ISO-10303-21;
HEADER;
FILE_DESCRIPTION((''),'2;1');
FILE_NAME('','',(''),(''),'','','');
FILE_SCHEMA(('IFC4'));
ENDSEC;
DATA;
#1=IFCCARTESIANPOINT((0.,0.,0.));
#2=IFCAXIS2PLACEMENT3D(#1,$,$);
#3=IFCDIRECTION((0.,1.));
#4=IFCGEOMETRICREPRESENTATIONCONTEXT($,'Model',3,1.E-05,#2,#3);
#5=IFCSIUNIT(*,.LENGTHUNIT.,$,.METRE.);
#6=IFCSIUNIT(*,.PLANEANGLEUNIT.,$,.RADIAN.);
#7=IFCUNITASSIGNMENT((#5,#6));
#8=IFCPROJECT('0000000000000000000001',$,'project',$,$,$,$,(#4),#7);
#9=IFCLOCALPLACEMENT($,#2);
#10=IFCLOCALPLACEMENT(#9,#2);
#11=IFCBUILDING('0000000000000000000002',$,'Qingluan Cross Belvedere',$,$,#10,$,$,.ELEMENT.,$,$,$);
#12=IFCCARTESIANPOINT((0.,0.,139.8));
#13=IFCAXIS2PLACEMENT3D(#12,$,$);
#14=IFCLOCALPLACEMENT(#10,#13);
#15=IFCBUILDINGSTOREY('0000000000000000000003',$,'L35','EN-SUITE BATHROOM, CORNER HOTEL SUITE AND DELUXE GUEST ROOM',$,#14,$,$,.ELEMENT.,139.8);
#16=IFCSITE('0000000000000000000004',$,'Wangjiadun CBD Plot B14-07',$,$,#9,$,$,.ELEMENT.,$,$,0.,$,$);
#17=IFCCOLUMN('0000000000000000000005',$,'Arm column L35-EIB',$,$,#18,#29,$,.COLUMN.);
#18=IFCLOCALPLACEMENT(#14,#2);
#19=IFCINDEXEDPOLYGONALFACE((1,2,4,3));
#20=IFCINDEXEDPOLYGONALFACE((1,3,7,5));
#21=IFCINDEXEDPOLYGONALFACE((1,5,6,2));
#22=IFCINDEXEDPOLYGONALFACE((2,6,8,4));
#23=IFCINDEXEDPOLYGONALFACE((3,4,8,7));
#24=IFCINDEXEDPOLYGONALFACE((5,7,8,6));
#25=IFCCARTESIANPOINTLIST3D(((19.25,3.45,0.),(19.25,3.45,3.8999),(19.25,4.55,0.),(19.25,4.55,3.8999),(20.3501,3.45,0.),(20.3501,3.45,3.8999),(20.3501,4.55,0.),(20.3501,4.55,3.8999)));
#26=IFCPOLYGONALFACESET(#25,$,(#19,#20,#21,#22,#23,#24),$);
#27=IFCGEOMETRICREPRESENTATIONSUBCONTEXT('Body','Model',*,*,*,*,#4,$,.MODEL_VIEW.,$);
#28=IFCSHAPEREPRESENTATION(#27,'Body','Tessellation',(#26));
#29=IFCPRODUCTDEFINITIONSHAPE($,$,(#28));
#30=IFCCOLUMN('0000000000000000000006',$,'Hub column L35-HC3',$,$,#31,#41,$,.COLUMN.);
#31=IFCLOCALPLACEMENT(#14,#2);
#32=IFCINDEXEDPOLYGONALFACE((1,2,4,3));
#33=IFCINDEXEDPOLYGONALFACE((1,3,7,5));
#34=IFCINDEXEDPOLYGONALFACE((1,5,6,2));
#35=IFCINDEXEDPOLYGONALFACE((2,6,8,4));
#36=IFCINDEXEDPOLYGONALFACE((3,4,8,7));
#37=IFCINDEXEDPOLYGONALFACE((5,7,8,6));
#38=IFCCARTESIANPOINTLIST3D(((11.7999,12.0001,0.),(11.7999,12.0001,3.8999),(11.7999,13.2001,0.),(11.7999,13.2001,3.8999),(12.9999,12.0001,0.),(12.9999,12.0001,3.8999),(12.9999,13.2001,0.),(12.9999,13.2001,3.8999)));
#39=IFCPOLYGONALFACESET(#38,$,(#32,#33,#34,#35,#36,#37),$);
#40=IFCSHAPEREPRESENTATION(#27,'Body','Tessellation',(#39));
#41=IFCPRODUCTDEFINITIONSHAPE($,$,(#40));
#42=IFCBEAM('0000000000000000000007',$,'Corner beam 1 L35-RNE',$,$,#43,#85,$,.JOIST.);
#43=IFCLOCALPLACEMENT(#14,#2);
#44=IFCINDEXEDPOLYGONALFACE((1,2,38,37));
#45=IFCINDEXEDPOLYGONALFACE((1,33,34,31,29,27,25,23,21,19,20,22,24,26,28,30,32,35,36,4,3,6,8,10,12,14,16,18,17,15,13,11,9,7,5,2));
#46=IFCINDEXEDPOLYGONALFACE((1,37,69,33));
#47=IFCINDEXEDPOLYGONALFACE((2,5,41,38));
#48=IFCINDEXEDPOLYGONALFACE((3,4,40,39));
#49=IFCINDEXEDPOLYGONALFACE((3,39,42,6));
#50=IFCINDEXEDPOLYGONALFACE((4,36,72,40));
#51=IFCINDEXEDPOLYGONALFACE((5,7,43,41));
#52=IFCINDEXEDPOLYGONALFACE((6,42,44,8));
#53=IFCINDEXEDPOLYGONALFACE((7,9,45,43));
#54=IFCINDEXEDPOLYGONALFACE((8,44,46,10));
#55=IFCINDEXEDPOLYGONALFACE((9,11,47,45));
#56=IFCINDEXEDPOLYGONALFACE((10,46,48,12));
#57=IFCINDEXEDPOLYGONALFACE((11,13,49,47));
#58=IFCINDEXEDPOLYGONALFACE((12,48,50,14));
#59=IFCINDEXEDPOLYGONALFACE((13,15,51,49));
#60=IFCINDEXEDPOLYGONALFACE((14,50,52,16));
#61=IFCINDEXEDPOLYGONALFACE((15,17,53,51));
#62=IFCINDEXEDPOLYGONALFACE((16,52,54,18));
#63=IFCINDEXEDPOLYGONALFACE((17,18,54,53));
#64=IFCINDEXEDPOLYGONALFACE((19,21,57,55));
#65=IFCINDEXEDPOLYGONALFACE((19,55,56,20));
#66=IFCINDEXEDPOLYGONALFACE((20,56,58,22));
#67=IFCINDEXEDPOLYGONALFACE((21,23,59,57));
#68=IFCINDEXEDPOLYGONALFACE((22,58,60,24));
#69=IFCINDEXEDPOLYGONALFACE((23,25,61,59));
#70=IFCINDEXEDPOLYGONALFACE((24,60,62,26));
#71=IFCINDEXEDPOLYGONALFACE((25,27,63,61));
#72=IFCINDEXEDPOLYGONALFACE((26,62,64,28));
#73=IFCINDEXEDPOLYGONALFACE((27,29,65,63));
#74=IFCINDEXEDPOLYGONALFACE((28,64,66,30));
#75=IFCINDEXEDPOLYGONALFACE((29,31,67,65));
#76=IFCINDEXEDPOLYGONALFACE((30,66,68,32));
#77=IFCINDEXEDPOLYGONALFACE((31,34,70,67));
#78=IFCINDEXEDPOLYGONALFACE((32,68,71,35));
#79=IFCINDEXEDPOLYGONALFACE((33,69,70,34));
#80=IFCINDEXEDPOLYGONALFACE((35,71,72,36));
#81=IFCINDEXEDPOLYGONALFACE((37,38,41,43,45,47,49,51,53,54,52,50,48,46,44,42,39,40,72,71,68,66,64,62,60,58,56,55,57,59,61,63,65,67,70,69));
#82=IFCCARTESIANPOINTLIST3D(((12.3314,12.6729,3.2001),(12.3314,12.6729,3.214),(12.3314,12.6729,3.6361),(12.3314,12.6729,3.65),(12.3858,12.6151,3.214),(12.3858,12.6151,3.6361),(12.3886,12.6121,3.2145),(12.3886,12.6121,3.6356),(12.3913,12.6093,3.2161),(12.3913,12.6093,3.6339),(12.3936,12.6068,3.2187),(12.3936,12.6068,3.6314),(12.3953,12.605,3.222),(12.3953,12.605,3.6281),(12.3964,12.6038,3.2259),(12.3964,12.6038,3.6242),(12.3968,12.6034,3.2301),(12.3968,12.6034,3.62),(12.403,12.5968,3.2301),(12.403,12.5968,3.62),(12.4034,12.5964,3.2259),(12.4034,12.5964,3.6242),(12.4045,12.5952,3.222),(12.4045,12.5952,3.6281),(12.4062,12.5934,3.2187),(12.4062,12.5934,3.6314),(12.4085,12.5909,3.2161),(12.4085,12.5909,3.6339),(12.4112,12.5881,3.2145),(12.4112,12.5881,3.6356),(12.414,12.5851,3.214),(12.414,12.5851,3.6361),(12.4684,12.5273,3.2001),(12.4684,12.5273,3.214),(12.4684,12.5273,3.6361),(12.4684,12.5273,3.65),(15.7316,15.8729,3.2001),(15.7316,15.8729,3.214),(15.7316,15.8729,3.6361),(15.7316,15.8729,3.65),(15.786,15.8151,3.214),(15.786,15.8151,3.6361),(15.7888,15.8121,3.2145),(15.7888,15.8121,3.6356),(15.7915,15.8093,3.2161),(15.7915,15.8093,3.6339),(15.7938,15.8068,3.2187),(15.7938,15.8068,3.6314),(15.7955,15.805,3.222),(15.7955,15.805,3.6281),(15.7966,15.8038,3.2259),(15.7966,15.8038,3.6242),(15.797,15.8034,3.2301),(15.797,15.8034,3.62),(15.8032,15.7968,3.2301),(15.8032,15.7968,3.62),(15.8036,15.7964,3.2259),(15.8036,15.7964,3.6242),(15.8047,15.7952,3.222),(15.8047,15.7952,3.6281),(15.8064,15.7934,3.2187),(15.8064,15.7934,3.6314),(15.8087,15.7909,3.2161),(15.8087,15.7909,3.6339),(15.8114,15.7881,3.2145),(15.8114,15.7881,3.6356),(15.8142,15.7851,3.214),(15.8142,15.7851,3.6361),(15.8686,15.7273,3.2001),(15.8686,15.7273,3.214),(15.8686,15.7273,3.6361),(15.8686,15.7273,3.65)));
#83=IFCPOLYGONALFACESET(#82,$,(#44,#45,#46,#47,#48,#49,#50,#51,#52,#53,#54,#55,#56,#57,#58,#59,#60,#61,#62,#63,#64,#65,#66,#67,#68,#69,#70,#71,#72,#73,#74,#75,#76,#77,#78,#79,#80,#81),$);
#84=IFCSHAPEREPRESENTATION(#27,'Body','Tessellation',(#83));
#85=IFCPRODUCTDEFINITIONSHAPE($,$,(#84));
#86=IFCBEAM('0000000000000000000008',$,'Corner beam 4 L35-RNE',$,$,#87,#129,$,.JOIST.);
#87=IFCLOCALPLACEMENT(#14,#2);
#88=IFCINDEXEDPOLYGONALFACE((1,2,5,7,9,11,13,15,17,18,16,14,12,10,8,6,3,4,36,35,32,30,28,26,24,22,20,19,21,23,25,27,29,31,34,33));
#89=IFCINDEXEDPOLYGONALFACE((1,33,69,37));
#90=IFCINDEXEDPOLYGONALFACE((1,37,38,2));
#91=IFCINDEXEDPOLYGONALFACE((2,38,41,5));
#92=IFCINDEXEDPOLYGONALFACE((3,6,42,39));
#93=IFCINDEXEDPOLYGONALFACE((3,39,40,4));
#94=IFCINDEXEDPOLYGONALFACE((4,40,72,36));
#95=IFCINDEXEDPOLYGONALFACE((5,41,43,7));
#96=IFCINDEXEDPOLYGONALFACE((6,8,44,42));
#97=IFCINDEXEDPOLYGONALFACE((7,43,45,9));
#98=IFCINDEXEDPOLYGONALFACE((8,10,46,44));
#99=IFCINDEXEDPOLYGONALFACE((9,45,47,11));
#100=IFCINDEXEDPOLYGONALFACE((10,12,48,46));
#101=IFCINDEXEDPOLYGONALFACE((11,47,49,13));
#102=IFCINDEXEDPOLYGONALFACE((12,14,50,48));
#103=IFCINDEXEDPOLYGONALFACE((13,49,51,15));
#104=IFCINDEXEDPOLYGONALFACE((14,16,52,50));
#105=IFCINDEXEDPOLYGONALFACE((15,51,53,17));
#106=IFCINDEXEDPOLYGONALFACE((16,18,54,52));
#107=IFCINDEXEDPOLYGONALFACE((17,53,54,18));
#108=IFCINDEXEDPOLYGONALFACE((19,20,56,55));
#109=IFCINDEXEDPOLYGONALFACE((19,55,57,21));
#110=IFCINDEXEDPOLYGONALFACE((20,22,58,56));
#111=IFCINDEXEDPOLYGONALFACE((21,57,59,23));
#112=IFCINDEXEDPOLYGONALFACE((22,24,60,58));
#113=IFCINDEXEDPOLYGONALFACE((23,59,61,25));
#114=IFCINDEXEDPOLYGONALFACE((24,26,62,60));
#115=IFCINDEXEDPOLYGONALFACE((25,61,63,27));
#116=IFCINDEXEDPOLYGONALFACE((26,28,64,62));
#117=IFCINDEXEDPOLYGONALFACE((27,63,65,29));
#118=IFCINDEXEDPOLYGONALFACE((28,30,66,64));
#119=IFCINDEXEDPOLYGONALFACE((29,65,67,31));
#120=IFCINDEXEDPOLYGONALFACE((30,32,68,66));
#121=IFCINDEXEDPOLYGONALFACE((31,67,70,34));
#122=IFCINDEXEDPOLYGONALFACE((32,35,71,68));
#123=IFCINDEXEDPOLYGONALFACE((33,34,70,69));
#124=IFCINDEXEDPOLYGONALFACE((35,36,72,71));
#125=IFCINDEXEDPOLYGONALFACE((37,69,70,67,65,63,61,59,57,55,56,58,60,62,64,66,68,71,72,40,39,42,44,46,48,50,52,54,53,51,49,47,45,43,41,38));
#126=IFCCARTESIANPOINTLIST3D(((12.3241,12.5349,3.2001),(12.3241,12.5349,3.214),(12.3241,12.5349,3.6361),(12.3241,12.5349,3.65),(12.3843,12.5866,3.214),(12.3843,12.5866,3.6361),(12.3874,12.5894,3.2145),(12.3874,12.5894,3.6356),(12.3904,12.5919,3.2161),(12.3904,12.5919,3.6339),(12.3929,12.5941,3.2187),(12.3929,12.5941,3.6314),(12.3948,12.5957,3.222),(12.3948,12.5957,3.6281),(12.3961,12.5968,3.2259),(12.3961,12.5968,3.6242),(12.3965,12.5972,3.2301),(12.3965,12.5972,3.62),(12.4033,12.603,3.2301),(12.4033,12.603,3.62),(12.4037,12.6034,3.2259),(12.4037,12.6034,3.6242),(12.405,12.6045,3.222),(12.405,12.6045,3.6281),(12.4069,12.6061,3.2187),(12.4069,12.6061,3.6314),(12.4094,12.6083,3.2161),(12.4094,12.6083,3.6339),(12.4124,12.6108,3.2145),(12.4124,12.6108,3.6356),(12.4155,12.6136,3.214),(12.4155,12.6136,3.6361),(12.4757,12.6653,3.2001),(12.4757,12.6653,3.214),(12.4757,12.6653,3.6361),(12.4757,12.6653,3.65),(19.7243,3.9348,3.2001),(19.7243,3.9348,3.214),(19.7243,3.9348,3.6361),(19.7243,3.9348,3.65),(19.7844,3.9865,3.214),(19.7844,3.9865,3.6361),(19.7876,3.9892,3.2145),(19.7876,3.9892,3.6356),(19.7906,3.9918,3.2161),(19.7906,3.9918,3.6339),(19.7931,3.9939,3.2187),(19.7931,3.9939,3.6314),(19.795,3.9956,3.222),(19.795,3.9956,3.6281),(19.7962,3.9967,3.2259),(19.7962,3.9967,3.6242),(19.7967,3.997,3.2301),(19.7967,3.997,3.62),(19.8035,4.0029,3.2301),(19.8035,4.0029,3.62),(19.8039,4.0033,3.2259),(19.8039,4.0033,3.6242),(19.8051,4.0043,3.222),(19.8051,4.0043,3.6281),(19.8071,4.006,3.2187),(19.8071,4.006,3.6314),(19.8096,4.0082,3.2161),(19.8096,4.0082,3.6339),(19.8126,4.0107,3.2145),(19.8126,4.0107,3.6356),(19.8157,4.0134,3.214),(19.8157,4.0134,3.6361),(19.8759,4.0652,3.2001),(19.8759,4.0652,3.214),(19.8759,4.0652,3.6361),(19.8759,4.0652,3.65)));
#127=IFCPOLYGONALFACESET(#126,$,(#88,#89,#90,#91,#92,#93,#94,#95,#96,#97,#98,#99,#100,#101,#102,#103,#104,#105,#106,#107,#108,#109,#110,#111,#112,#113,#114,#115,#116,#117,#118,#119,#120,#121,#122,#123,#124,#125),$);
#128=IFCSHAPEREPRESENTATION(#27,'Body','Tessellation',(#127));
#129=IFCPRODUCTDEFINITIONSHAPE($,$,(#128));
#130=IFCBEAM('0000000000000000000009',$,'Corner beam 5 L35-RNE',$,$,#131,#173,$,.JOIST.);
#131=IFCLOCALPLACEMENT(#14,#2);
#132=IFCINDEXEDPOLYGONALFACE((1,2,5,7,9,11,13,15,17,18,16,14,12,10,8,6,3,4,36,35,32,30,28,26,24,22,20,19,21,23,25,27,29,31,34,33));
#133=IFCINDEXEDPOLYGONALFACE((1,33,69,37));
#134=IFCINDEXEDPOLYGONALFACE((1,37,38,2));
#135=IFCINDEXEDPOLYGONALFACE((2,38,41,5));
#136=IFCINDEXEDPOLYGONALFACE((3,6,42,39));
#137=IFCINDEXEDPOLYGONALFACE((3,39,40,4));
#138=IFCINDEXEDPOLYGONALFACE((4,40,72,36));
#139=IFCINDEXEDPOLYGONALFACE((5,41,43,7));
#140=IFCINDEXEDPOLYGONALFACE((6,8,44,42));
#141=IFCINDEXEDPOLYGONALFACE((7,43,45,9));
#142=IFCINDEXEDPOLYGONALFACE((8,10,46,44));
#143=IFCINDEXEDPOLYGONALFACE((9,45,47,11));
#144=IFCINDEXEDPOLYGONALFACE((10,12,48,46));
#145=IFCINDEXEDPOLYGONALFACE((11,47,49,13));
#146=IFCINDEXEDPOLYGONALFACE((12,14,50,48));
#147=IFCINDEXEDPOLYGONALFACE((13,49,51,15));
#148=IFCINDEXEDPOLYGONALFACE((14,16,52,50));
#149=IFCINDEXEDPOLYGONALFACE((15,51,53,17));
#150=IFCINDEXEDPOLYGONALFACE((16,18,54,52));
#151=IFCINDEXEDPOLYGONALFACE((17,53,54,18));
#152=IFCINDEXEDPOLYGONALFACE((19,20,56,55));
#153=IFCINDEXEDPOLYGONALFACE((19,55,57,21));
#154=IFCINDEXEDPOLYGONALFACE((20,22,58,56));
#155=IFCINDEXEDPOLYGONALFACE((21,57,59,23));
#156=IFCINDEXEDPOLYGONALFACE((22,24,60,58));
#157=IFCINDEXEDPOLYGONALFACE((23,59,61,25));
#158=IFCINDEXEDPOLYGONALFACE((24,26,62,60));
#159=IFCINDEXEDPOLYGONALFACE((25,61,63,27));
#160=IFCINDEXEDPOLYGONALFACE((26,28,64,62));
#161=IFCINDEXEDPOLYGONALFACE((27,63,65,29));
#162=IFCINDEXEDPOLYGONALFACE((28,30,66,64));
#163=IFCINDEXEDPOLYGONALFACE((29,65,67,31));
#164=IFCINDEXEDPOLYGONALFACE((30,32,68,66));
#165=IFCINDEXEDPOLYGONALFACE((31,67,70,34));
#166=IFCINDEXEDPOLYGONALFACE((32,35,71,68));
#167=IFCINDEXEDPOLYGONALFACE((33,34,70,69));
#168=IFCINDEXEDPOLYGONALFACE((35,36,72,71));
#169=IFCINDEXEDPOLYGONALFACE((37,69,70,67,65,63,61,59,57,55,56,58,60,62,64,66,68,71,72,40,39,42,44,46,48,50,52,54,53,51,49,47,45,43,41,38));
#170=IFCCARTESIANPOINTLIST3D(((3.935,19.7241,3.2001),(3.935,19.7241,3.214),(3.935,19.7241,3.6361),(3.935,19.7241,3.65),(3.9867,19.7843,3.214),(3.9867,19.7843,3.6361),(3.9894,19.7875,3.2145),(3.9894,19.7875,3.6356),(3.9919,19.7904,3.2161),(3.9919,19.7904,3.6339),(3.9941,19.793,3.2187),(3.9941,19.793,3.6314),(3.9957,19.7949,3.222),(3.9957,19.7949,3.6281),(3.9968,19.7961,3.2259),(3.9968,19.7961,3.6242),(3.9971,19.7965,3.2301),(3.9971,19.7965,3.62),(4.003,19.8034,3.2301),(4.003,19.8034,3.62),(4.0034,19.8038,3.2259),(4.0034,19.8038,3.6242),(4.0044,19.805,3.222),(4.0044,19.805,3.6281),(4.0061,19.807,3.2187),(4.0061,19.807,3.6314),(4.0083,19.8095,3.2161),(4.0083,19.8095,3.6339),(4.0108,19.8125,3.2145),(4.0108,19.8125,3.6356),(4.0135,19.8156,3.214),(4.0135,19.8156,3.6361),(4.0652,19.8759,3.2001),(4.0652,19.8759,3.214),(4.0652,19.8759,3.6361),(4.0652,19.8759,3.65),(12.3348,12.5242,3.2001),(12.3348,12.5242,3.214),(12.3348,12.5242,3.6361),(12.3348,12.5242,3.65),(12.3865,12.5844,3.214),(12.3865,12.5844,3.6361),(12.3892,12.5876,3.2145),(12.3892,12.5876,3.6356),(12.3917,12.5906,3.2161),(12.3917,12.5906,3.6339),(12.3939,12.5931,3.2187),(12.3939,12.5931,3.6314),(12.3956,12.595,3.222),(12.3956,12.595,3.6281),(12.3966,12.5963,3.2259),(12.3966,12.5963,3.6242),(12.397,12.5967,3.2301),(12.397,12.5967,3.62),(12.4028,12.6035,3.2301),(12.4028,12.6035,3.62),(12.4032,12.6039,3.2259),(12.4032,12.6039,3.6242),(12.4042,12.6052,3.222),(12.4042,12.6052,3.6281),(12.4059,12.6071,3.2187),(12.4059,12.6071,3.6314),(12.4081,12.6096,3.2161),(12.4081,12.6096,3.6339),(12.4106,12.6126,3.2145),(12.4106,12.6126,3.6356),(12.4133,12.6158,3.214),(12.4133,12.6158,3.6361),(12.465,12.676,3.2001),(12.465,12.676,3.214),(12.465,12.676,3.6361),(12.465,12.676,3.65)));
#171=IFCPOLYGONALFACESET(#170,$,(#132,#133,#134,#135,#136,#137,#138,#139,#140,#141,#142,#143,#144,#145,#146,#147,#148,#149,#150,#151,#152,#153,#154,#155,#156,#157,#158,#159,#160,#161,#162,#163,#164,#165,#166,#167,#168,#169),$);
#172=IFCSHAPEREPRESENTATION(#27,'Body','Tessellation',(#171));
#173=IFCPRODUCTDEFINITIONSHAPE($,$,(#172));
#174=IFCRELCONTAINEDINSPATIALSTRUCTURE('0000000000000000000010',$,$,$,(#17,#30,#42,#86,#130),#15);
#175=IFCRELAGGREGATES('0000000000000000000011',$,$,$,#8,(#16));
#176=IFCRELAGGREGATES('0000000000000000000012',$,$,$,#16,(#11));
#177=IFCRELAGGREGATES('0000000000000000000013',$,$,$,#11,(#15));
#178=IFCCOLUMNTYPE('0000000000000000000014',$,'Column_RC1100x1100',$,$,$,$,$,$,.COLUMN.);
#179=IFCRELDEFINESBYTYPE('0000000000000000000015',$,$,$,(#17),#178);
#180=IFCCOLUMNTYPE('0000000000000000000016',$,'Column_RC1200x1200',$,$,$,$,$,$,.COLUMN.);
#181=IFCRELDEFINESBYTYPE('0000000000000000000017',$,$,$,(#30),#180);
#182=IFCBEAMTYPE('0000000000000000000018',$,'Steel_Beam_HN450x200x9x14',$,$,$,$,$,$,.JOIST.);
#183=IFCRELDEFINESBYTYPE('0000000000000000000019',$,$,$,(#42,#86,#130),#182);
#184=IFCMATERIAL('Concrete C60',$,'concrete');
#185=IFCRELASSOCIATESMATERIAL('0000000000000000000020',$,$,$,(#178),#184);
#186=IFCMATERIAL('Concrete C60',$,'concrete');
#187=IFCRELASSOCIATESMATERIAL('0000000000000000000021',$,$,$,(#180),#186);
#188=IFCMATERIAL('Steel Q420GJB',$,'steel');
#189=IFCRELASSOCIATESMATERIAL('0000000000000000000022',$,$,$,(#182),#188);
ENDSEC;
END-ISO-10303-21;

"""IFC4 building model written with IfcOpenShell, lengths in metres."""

from ifc_helpers import new_model, si_unit, direction, frame, origin, origin_2d, place, context, subcontext, project, spatial, rectangle, i_section, extrude, material, material_profile, profile_set, type_object, element, save


model = new_model("IFC4")

# Units and contexts
model_context = context("Model", 3, precision=1e-05, world=origin(), true_north=direction((0.0, 1.0)))
body_context = subcontext(model_context, "Body", "Model", "MODEL_VIEW")
ifc_project = project(units=[si_unit("LENGTHUNIT", "METRE"), si_unit("PLANEANGLEUNIT", "RADIAN")], contexts=[model_context])

# Site, building, storey
site_placement = place(None, origin())
site = spatial("IfcSite", under=ifc_project, at=site_placement, Name="Wangjiadun CBD Plot B14-07", CompositionType="ELEMENT", RefElevation=0.0)
building_placement = place(site_placement, origin())
building = spatial("IfcBuilding", under=site, at=building_placement, Name="Qingluan Cross Belvedere", CompositionType="ELEMENT")
storey_placement = place(building_placement, frame((0.0, 0.0, 139.8)))
storey = spatial("IfcBuildingStorey", under=building, at=storey_placement, Name="L35", Description="EN-SUITE BATHROOM, CORNER HOTEL SUITE AND DELUXE GUEST ROOM", CompositionType="ELEMENT", Elevation=139.8)

# Columns
ifc_material_1 = material(Name="Concrete C60", Category="concrete")
ifc_material_profile_1 = material_profile(ifc_material_1, rectangle(XDim=1.1001, YDim=1.1001, at=origin_2d()), Name="RC1100x1100")
ifc_profile_set_1 = profile_set([ifc_material_profile_1], Name="Concrete C60")
column_type_1 = type_object("IfcColumnType", Name="Column_RC1100x1100", PredefinedType="COLUMN", material=ifc_profile_set_1)
column_1_placement = place(storey_placement, frame((19.8, 4.0, 0.0), z_axis=(0.0, 0.0, 1.0), x_axis=(1.0, 0.0, 0.0)))
element("IfcColumn", 1, at=column_1_placement, inside=storey, type_object=column_type_1, Name="Arm column L35-EIB", PredefinedType="COLUMN", context=body_context, shape_type="SweptSolid", body=[
    extrude(rectangle(XDim=1.1001, YDim=1.1001, at=origin_2d()), origin(), (0.0, 0.0, 1.0), 3.8999),
])
ifc_material_2 = material(Name="Concrete C60", Category="concrete")
ifc_material_profile_2 = material_profile(ifc_material_2, rectangle(XDim=1.2, YDim=1.2, at=origin_2d()), Name="RC1200x1200")
ifc_profile_set_2 = profile_set([ifc_material_profile_2], Name="Concrete C60")
column_type_2 = type_object("IfcColumnType", Name="Column_RC1200x1200", PredefinedType="COLUMN", material=ifc_profile_set_2)
column_2_placement = place(storey_placement, frame((12.3999, 12.6001, 0.0), z_axis=(0.0, 0.0, 1.0), x_axis=(1.0, 0.0, 0.0)))
element("IfcColumn", 2, at=column_2_placement, inside=storey, type_object=column_type_2, Name="Hub column L35-HC3", PredefinedType="COLUMN", context=body_context, shape_type="SweptSolid", body=[
    extrude(rectangle(XDim=1.2, YDim=1.2, at=origin_2d()), origin(), (0.0, 0.0, 1.0), 3.8999),
])

# Beams
ifc_material_3 = material(Name="Steel Q420GJB", Category="steel")
ifc_material_profile_3 = material_profile(ifc_material_3, i_section(OverallWidth=0.2, OverallDepth=0.45, WebThickness=0.009, FlangeThickness=0.0139, FilletRadius=0.0161, at=origin_2d()), Name="HN450x200x9x14")
ifc_profile_set_3 = profile_set([ifc_material_profile_3], Name="Steel Q420GJB")
beam_type_1 = type_object("IfcBeamType", Name="Steel_Beam_HN450x200x9x14", PredefinedType="JOIST", material=ifc_profile_set_3)
beam_1_placement = place(storey_placement, frame((12.3999, 12.6001, 3.425), z_axis=(0.72822, 0.685343, 0.0), x_axis=(-0.685343, 0.72822, 0.0)))
element("IfcBeam", 3, at=beam_1_placement, inside=storey, type_object=beam_type_1, Name="Corner beam 1 L35-RNE", PredefinedType="JOIST", context=body_context, shape_type="SweptSolid", body=[
    extrude(i_section(OverallWidth=0.2, OverallDepth=0.45, WebThickness=0.009, FlangeThickness=0.0139, FilletRadius=0.0161, at=origin_2d()), origin(), (0.0, 0.0, 1.0), 4.6692),
])
beam_2_placement = place(storey_placement, frame((12.3999, 12.6001, 3.425), z_axis=(0.652245, -0.758008, 0.0), x_axis=(0.758008, 0.652245, 0.0)))
element("IfcBeam", 4, at=beam_2_placement, inside=storey, type_object=beam_type_1, Name="Corner beam 4 L35-RNE", PredefinedType="JOIST", context=body_context, shape_type="SweptSolid", body=[
    extrude(i_section(OverallWidth=0.2, OverallDepth=0.45, WebThickness=0.009, FlangeThickness=0.0139, FilletRadius=0.0161, at=origin_2d()), origin(), (0.0, 0.0, 1.0), 11.3457),
])
beam_3_placement = place(storey_placement, frame((12.3999, 12.6001, 3.425), z_axis=(-0.759255, 0.650793, 0.0), x_axis=(-0.650793, -0.759255, 0.0)))
element("IfcBeam", 5, at=beam_3_placement, inside=storey, type_object=beam_type_1, Name="Corner beam 5 L35-RNE", PredefinedType="JOIST", context=body_context, shape_type="SweptSolid", body=[
    extrude(i_section(OverallWidth=0.2, OverallDepth=0.45, WebThickness=0.009, FlangeThickness=0.0139, FilletRadius=0.0161, at=origin_2d()), origin(), (0.0, 0.0, 1.0), 11.0632),
])

save(model, "model.ifc")
